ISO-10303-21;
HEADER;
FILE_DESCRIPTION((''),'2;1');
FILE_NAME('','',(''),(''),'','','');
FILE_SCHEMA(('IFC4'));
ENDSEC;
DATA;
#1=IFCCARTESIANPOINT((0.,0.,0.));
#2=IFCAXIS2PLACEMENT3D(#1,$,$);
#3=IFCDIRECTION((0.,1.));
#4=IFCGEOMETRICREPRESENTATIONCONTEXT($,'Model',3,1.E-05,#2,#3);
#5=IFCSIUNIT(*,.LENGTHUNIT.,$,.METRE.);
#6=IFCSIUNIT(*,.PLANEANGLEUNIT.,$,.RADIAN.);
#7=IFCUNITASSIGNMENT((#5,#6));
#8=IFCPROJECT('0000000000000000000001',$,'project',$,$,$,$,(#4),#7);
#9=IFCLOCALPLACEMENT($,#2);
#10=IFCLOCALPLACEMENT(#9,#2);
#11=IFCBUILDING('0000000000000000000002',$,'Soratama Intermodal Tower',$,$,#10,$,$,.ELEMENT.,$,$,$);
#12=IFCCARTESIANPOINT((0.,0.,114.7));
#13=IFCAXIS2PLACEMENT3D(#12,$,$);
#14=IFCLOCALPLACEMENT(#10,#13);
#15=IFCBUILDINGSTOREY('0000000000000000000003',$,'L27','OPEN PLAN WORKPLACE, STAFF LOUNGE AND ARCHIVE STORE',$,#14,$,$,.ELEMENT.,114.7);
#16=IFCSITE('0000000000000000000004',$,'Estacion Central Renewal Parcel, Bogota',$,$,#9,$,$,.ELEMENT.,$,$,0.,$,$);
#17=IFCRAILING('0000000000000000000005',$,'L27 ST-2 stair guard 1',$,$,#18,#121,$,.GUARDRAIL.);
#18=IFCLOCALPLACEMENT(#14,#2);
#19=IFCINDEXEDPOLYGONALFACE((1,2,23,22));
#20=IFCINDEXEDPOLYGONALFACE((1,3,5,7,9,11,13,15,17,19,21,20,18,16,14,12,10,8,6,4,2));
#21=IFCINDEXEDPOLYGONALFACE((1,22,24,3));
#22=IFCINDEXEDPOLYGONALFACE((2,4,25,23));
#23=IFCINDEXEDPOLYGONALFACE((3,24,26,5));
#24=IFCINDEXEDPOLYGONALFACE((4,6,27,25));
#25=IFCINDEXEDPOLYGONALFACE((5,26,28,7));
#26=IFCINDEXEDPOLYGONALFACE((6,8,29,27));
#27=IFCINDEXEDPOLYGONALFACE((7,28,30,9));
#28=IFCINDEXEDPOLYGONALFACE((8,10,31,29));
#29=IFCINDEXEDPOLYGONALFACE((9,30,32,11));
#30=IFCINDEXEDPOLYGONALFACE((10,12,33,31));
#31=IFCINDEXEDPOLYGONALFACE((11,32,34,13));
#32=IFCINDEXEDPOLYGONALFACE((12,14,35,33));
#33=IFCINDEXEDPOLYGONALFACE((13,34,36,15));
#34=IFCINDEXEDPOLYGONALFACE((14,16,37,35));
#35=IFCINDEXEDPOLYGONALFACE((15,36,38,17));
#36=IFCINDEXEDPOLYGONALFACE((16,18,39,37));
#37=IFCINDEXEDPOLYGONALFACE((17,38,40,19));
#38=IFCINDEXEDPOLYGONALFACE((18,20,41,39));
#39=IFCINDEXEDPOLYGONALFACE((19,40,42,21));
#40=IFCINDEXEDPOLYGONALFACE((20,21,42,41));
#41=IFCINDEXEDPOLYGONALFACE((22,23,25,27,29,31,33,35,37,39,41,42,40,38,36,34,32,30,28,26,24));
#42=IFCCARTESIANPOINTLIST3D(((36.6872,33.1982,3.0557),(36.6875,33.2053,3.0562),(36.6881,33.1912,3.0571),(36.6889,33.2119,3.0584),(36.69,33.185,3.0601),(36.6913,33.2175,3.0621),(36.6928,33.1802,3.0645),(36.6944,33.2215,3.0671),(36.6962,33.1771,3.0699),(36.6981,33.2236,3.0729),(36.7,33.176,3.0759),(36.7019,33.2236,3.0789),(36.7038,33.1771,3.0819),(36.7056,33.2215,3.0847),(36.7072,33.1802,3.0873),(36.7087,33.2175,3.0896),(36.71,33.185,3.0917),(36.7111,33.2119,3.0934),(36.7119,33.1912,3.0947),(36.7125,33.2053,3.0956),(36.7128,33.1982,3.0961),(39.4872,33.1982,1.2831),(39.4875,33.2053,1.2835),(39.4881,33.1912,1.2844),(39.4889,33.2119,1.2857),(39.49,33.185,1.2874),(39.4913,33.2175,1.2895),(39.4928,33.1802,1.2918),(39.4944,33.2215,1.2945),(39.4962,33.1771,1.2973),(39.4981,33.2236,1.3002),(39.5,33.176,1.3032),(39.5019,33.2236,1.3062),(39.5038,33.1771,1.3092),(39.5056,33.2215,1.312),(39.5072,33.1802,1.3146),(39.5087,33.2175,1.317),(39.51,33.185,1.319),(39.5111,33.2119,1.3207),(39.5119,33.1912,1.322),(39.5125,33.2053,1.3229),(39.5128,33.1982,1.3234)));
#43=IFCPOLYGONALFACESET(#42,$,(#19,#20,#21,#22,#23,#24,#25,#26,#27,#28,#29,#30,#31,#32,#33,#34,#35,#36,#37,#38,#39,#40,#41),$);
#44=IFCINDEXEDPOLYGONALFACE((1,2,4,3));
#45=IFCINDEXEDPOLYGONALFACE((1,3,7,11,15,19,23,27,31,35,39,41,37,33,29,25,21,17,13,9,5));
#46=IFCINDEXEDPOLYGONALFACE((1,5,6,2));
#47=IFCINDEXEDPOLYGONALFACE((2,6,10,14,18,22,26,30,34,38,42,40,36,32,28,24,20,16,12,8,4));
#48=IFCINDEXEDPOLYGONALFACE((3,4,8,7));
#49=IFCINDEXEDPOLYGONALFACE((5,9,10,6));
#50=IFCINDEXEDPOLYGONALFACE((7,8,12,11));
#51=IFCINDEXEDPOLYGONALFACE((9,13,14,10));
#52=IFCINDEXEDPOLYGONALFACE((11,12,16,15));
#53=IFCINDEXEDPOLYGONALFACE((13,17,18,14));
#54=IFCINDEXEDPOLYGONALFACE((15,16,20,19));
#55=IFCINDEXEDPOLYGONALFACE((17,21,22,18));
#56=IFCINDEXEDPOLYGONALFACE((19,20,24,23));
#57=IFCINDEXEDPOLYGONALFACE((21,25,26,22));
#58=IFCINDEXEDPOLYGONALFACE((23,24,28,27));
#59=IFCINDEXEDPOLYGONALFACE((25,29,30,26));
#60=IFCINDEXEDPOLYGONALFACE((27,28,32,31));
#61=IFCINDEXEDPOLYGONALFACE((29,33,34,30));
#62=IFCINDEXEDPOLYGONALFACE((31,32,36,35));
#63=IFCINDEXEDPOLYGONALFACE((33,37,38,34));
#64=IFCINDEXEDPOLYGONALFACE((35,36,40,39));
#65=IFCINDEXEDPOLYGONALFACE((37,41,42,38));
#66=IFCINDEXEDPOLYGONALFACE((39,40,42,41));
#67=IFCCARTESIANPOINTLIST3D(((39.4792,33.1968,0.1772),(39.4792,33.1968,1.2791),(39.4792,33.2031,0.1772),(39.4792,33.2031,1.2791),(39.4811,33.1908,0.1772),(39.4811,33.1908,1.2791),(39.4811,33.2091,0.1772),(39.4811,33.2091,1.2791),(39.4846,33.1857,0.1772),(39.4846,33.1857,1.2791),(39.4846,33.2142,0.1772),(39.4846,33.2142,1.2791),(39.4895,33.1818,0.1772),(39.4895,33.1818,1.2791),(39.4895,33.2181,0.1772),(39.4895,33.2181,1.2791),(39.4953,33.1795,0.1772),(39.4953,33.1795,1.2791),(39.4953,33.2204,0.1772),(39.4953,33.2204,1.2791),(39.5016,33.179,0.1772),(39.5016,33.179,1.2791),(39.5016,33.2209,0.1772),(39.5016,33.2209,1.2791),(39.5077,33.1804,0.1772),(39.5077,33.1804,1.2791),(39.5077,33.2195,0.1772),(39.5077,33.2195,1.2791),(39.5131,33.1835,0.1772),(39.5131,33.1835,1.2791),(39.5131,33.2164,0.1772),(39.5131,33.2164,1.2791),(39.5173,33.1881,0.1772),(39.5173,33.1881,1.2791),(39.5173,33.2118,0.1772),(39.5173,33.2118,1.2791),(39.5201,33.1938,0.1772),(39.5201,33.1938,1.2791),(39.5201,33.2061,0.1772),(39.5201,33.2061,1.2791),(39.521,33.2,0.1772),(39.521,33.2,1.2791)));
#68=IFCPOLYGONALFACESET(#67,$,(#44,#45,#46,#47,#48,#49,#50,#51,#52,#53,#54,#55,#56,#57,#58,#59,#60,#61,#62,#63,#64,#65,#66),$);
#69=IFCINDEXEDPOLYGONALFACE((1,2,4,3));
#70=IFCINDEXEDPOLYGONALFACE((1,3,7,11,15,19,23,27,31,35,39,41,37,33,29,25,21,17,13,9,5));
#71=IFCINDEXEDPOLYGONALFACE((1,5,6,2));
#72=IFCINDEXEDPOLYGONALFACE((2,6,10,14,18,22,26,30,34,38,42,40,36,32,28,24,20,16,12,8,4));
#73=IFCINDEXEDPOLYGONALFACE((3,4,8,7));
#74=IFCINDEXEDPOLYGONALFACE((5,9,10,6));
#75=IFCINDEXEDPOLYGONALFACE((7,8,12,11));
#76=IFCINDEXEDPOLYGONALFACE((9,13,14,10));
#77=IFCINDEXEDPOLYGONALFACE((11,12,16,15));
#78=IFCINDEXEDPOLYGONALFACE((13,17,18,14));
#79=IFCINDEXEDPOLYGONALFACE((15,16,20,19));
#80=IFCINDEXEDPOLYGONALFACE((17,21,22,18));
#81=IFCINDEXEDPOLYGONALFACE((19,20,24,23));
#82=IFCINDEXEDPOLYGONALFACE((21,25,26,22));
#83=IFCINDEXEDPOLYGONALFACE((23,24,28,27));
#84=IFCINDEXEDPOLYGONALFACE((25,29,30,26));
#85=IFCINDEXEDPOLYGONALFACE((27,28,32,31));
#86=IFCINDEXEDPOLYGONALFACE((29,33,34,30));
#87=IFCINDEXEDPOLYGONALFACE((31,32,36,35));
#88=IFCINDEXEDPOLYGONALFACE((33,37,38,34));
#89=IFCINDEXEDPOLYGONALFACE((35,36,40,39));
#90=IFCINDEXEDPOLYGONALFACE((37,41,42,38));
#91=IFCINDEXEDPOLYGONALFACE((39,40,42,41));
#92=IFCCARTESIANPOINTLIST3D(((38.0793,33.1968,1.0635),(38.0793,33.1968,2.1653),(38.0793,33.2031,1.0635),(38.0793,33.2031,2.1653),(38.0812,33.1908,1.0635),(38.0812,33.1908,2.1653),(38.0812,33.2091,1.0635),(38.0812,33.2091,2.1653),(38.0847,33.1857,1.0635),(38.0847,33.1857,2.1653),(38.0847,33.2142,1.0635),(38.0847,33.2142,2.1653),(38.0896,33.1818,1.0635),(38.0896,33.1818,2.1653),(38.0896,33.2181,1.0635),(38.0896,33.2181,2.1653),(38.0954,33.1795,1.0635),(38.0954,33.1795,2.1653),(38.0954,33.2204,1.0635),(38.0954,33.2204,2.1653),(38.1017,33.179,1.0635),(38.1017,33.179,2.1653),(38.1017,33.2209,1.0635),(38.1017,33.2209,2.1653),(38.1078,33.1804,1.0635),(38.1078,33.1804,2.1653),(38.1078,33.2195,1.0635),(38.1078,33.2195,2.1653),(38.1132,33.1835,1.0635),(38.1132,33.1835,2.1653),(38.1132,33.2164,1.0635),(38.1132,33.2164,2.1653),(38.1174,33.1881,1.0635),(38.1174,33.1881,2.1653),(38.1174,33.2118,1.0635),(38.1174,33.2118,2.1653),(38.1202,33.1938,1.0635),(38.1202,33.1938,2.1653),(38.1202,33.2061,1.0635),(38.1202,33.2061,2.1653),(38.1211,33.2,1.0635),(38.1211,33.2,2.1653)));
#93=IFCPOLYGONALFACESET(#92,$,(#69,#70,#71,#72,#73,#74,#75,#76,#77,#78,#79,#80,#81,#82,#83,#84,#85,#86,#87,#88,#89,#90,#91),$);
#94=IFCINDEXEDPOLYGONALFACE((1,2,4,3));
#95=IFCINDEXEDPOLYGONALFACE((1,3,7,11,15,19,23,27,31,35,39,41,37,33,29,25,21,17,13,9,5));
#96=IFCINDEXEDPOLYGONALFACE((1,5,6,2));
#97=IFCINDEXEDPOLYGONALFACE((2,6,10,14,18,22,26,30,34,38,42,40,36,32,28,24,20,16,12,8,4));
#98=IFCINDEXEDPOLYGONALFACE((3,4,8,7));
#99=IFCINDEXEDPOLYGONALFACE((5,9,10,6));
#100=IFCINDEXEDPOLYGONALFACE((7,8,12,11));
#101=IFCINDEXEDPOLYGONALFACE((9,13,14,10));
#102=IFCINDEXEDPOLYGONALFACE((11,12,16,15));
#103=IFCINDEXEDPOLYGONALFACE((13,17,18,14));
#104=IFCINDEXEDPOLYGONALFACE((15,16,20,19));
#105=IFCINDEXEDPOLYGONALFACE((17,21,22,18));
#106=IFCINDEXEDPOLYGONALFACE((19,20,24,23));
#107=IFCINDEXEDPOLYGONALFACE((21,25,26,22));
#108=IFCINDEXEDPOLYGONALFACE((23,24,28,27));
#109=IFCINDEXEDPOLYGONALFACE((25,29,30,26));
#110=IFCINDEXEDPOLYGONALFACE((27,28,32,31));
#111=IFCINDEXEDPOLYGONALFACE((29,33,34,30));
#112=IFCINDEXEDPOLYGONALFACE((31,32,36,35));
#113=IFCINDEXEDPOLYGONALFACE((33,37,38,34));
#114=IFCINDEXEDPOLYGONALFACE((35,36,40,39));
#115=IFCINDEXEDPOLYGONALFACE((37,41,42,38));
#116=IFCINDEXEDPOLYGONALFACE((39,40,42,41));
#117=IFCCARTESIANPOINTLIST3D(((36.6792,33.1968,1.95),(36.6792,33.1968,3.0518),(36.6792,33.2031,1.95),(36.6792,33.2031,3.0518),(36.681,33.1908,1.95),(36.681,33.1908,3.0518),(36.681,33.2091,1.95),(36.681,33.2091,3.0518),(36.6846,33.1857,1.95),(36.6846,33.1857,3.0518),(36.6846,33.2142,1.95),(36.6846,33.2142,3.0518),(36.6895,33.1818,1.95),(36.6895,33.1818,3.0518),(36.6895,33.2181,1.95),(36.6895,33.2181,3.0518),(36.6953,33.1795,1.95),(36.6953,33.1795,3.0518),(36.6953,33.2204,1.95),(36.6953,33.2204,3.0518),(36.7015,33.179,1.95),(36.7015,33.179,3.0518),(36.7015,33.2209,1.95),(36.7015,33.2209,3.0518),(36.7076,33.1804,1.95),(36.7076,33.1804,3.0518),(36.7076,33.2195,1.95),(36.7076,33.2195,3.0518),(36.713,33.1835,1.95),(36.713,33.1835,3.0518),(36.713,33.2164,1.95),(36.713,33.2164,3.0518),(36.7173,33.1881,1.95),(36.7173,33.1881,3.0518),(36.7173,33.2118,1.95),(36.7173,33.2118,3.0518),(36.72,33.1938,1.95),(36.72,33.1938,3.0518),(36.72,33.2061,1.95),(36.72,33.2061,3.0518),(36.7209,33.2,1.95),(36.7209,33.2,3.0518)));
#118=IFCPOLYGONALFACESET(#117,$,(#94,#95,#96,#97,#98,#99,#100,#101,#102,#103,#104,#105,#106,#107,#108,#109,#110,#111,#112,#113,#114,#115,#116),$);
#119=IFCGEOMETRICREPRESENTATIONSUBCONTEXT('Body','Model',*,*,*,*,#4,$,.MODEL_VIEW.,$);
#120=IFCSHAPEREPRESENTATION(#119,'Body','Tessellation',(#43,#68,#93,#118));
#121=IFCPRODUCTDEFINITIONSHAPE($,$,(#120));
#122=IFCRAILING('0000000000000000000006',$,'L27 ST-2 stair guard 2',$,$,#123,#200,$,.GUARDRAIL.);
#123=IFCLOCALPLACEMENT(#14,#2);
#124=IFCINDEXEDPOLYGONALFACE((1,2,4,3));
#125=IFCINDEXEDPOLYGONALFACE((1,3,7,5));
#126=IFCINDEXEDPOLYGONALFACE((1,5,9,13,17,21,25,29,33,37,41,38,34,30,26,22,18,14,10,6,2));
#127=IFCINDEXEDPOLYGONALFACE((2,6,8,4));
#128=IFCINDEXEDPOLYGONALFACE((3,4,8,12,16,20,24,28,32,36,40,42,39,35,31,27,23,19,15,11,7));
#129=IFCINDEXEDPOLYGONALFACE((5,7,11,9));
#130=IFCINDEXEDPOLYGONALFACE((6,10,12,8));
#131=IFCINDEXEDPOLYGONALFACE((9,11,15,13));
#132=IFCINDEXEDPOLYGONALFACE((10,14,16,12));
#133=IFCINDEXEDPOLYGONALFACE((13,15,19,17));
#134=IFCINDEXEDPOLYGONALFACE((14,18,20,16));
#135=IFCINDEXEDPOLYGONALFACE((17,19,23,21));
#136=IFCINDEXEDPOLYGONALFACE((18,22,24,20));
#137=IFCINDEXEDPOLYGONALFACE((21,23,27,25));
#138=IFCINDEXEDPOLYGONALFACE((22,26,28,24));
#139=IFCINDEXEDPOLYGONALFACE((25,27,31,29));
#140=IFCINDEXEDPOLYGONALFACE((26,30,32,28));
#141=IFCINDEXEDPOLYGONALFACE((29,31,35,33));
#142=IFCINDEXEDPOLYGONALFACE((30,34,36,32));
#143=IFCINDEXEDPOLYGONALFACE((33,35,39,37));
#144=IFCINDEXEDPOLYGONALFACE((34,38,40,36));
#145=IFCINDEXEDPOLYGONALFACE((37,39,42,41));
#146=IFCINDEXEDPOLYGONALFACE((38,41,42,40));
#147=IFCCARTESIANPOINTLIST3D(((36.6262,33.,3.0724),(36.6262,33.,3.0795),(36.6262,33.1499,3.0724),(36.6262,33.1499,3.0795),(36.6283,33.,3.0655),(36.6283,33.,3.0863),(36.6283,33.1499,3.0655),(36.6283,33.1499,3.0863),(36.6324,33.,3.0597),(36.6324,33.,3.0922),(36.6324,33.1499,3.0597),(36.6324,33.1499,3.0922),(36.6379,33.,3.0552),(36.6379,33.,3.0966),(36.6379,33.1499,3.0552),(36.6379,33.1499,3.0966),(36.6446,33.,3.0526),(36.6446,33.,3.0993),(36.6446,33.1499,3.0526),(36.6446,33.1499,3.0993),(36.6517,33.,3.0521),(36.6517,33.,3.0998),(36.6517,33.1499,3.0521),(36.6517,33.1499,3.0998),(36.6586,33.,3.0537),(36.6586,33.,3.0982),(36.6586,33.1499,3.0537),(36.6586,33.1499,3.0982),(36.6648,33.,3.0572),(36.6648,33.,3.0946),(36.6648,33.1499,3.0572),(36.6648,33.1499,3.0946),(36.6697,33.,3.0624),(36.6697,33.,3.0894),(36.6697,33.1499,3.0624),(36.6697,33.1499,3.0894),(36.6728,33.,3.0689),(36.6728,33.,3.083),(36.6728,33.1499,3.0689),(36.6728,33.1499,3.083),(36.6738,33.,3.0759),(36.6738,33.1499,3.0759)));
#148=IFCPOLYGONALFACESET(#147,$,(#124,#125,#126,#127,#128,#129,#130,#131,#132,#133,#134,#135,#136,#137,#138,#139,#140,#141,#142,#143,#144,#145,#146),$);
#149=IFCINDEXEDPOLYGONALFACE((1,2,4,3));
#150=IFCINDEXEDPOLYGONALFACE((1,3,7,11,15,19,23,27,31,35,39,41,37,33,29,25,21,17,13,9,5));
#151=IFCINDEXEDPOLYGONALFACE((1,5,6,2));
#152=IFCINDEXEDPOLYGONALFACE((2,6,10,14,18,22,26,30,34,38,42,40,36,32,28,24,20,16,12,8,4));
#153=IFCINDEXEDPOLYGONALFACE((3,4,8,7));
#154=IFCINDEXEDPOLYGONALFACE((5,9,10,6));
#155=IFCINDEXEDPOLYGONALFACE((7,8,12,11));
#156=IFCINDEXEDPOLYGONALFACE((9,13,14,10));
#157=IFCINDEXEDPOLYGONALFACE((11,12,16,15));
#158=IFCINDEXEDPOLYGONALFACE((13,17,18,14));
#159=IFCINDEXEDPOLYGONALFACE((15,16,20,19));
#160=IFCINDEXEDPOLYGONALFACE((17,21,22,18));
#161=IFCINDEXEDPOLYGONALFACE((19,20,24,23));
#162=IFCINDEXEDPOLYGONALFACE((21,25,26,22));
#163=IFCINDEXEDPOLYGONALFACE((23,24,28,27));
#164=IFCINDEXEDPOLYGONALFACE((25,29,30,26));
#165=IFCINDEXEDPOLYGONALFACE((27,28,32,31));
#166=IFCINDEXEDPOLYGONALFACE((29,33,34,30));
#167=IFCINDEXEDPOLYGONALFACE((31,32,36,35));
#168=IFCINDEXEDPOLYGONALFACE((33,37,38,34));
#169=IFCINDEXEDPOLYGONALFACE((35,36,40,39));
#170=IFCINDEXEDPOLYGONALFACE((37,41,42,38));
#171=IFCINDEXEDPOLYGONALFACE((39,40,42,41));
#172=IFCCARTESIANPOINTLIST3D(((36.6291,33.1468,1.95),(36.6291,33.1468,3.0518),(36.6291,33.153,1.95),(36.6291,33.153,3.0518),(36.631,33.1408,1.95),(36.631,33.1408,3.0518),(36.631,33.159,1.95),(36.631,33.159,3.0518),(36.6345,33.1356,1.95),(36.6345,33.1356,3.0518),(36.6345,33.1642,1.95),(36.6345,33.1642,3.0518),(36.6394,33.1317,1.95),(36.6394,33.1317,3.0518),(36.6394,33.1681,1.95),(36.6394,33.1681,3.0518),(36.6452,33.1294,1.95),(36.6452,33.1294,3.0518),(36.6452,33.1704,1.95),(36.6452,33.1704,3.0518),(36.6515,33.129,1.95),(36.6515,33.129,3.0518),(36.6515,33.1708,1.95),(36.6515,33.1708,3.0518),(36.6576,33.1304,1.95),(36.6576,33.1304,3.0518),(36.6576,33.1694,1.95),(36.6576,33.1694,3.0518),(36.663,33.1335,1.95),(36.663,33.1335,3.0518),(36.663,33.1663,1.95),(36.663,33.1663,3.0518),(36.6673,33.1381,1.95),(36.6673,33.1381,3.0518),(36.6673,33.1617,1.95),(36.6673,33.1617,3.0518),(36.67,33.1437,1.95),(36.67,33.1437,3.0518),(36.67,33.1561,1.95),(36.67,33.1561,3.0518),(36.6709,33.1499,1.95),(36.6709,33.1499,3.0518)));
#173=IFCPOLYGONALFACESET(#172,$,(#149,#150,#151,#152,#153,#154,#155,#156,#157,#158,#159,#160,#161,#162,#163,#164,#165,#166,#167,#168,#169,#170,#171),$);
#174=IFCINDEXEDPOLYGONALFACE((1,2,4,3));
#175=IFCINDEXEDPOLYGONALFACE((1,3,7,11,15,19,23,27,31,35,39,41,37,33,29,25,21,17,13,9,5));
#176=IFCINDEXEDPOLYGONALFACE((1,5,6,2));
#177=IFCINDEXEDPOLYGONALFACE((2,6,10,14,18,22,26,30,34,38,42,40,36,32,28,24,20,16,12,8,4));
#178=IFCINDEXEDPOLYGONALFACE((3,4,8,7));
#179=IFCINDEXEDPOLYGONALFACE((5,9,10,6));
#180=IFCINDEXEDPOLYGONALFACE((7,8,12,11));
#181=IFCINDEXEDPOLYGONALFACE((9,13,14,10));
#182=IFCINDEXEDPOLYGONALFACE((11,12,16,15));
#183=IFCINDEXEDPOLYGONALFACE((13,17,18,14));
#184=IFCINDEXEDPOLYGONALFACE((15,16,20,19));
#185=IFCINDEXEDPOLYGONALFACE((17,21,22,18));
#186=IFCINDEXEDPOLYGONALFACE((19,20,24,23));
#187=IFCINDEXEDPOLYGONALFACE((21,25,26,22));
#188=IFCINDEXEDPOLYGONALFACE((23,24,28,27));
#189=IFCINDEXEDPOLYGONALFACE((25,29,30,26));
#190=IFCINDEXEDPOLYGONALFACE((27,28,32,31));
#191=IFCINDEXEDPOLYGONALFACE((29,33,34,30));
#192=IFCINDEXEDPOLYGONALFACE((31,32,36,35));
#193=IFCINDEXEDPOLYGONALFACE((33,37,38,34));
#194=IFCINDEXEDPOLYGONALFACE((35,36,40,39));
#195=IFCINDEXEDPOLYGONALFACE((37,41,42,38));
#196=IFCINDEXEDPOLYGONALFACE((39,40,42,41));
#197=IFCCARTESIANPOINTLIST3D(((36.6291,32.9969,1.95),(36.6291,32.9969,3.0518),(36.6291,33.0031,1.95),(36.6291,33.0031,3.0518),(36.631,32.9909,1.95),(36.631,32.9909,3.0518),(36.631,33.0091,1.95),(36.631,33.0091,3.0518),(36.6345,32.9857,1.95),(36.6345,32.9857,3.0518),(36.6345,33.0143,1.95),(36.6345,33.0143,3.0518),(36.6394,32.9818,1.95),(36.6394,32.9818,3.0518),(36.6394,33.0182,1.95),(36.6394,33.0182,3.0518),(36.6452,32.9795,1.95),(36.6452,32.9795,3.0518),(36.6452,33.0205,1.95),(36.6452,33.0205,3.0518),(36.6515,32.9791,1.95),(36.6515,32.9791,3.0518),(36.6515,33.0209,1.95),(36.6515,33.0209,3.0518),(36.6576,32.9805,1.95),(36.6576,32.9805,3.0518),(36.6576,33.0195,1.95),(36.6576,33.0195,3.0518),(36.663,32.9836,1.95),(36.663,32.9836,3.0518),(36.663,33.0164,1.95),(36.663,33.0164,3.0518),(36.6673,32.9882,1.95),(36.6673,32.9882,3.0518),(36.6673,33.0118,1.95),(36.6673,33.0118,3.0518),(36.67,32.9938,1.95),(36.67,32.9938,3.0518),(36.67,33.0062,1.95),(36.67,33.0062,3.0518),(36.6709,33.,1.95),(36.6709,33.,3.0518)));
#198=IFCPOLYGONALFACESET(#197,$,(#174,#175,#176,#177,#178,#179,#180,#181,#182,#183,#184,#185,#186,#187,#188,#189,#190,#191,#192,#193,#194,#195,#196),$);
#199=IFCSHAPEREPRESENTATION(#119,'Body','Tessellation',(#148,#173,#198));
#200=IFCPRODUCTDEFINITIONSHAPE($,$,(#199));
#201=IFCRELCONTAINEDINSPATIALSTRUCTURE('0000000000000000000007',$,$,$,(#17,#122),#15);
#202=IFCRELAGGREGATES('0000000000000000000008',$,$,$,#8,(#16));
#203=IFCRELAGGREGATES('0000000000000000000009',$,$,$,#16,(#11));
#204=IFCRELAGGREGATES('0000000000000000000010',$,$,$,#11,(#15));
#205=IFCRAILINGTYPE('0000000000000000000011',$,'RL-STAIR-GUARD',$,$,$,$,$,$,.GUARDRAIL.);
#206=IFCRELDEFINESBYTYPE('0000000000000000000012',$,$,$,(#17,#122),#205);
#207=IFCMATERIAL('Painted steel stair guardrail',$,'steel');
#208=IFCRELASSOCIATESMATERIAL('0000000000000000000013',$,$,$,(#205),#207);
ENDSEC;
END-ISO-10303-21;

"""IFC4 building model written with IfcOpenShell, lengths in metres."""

from ifc_helpers import new_model, si_unit, direction, frame, origin, origin_2d, place, context, subcontext, project, spatial, circle, extrude, material, type_object, element, save


model = new_model("IFC4")

# Units and contexts
model_context = context("Model", 3, precision=1e-05, world=origin(), true_north=direction((0.0, 1.0)))
body_context = subcontext(model_context, "Body", "Model", "MODEL_VIEW")
ifc_project = project(units=[si_unit("LENGTHUNIT", "METRE"), si_unit("PLANEANGLEUNIT", "RADIAN")], contexts=[model_context])

# Site, building, storey
site_placement = place(None, origin())
site = spatial("IfcSite", under=ifc_project, at=site_placement, Name="Estacion Central Renewal Parcel, Bogota", CompositionType="ELEMENT", RefElevation=0.0)
building_placement = place(site_placement, origin())
building = spatial("IfcBuilding", under=site, at=building_placement, Name="Soratama Intermodal Tower", CompositionType="ELEMENT")
storey_placement = place(building_placement, frame((0.0, 0.0, 114.7)))
storey = spatial("IfcBuildingStorey", under=building, at=storey_placement, Name="L27", Description="OPEN PLAN WORKPLACE, STAFF LOUNGE AND ARCHIVE STORE", CompositionType="ELEMENT", Elevation=114.7)

# Railings
ifc_material_1 = material(Name="Painted steel stair guardrail", Category="steel")
railing_type_1 = type_object("IfcRailingType", Name="RL-STAIR-GUARD", PredefinedType="GUARDRAIL", material=ifc_material_1)
railing_1_placement = place(storey_placement, frame((39.5, 33.2, 0.1772)))
element("IfcRailing", 1, at=railing_1_placement, inside=storey, type_object=railing_type_1, Name="L27 ST-2 stair guard 1", PredefinedType="GUARDRAIL", context=body_context, shape_type="SweptSolid", body=[
    extrude(circle(Radius=0.0239, at=origin_2d()), frame((0.0, 0.0, 1.126), z_axis=(-0.844909, 0.0, 0.53491), x_axis=(0.0, -1.0, 0.0)), (0.0, 0.0, 1.0), 3.314),
    extrude(circle(Radius=0.021, at=origin_2d()), origin(), (0.0, 0.0, 1.0), 1.1018),
    extrude(circle(Radius=0.021, at=origin_2d()), frame((-1.3999, 0.0, 0.8862)), (0.0, 0.0, 1.0), 1.1018),
    extrude(circle(Radius=0.021, at=origin_2d()), frame((-2.8, 0.0, 1.7727)), (0.0, 0.0, 1.0), 1.1018),
])
railing_2_placement = place(storey_placement, frame((36.6499, 33.1499, 1.95)))
element("IfcRailing", 2, at=railing_2_placement, inside=storey, type_object=railing_type_1, Name="L27 ST-2 stair guard 2", PredefinedType="GUARDRAIL", context=body_context, shape_type="SweptSolid", body=[
    extrude(circle(Radius=0.0239, at=origin_2d()), frame((0.0, 0.0, 1.126), z_axis=(0.0, -1.0, 0.0), x_axis=(1.0, 0.0, 0.0)), (0.0, 0.0, 1.0), 0.1499),
    extrude(circle(Radius=0.021, at=origin_2d()), origin(), (0.0, 0.0, 1.0), 1.1018),
    extrude(circle(Radius=0.021, at=origin_2d()), frame((0.0, -0.1499, 0.0)), (0.0, 0.0, 1.0), 1.1018),
])

save(model, "model.ifc")
